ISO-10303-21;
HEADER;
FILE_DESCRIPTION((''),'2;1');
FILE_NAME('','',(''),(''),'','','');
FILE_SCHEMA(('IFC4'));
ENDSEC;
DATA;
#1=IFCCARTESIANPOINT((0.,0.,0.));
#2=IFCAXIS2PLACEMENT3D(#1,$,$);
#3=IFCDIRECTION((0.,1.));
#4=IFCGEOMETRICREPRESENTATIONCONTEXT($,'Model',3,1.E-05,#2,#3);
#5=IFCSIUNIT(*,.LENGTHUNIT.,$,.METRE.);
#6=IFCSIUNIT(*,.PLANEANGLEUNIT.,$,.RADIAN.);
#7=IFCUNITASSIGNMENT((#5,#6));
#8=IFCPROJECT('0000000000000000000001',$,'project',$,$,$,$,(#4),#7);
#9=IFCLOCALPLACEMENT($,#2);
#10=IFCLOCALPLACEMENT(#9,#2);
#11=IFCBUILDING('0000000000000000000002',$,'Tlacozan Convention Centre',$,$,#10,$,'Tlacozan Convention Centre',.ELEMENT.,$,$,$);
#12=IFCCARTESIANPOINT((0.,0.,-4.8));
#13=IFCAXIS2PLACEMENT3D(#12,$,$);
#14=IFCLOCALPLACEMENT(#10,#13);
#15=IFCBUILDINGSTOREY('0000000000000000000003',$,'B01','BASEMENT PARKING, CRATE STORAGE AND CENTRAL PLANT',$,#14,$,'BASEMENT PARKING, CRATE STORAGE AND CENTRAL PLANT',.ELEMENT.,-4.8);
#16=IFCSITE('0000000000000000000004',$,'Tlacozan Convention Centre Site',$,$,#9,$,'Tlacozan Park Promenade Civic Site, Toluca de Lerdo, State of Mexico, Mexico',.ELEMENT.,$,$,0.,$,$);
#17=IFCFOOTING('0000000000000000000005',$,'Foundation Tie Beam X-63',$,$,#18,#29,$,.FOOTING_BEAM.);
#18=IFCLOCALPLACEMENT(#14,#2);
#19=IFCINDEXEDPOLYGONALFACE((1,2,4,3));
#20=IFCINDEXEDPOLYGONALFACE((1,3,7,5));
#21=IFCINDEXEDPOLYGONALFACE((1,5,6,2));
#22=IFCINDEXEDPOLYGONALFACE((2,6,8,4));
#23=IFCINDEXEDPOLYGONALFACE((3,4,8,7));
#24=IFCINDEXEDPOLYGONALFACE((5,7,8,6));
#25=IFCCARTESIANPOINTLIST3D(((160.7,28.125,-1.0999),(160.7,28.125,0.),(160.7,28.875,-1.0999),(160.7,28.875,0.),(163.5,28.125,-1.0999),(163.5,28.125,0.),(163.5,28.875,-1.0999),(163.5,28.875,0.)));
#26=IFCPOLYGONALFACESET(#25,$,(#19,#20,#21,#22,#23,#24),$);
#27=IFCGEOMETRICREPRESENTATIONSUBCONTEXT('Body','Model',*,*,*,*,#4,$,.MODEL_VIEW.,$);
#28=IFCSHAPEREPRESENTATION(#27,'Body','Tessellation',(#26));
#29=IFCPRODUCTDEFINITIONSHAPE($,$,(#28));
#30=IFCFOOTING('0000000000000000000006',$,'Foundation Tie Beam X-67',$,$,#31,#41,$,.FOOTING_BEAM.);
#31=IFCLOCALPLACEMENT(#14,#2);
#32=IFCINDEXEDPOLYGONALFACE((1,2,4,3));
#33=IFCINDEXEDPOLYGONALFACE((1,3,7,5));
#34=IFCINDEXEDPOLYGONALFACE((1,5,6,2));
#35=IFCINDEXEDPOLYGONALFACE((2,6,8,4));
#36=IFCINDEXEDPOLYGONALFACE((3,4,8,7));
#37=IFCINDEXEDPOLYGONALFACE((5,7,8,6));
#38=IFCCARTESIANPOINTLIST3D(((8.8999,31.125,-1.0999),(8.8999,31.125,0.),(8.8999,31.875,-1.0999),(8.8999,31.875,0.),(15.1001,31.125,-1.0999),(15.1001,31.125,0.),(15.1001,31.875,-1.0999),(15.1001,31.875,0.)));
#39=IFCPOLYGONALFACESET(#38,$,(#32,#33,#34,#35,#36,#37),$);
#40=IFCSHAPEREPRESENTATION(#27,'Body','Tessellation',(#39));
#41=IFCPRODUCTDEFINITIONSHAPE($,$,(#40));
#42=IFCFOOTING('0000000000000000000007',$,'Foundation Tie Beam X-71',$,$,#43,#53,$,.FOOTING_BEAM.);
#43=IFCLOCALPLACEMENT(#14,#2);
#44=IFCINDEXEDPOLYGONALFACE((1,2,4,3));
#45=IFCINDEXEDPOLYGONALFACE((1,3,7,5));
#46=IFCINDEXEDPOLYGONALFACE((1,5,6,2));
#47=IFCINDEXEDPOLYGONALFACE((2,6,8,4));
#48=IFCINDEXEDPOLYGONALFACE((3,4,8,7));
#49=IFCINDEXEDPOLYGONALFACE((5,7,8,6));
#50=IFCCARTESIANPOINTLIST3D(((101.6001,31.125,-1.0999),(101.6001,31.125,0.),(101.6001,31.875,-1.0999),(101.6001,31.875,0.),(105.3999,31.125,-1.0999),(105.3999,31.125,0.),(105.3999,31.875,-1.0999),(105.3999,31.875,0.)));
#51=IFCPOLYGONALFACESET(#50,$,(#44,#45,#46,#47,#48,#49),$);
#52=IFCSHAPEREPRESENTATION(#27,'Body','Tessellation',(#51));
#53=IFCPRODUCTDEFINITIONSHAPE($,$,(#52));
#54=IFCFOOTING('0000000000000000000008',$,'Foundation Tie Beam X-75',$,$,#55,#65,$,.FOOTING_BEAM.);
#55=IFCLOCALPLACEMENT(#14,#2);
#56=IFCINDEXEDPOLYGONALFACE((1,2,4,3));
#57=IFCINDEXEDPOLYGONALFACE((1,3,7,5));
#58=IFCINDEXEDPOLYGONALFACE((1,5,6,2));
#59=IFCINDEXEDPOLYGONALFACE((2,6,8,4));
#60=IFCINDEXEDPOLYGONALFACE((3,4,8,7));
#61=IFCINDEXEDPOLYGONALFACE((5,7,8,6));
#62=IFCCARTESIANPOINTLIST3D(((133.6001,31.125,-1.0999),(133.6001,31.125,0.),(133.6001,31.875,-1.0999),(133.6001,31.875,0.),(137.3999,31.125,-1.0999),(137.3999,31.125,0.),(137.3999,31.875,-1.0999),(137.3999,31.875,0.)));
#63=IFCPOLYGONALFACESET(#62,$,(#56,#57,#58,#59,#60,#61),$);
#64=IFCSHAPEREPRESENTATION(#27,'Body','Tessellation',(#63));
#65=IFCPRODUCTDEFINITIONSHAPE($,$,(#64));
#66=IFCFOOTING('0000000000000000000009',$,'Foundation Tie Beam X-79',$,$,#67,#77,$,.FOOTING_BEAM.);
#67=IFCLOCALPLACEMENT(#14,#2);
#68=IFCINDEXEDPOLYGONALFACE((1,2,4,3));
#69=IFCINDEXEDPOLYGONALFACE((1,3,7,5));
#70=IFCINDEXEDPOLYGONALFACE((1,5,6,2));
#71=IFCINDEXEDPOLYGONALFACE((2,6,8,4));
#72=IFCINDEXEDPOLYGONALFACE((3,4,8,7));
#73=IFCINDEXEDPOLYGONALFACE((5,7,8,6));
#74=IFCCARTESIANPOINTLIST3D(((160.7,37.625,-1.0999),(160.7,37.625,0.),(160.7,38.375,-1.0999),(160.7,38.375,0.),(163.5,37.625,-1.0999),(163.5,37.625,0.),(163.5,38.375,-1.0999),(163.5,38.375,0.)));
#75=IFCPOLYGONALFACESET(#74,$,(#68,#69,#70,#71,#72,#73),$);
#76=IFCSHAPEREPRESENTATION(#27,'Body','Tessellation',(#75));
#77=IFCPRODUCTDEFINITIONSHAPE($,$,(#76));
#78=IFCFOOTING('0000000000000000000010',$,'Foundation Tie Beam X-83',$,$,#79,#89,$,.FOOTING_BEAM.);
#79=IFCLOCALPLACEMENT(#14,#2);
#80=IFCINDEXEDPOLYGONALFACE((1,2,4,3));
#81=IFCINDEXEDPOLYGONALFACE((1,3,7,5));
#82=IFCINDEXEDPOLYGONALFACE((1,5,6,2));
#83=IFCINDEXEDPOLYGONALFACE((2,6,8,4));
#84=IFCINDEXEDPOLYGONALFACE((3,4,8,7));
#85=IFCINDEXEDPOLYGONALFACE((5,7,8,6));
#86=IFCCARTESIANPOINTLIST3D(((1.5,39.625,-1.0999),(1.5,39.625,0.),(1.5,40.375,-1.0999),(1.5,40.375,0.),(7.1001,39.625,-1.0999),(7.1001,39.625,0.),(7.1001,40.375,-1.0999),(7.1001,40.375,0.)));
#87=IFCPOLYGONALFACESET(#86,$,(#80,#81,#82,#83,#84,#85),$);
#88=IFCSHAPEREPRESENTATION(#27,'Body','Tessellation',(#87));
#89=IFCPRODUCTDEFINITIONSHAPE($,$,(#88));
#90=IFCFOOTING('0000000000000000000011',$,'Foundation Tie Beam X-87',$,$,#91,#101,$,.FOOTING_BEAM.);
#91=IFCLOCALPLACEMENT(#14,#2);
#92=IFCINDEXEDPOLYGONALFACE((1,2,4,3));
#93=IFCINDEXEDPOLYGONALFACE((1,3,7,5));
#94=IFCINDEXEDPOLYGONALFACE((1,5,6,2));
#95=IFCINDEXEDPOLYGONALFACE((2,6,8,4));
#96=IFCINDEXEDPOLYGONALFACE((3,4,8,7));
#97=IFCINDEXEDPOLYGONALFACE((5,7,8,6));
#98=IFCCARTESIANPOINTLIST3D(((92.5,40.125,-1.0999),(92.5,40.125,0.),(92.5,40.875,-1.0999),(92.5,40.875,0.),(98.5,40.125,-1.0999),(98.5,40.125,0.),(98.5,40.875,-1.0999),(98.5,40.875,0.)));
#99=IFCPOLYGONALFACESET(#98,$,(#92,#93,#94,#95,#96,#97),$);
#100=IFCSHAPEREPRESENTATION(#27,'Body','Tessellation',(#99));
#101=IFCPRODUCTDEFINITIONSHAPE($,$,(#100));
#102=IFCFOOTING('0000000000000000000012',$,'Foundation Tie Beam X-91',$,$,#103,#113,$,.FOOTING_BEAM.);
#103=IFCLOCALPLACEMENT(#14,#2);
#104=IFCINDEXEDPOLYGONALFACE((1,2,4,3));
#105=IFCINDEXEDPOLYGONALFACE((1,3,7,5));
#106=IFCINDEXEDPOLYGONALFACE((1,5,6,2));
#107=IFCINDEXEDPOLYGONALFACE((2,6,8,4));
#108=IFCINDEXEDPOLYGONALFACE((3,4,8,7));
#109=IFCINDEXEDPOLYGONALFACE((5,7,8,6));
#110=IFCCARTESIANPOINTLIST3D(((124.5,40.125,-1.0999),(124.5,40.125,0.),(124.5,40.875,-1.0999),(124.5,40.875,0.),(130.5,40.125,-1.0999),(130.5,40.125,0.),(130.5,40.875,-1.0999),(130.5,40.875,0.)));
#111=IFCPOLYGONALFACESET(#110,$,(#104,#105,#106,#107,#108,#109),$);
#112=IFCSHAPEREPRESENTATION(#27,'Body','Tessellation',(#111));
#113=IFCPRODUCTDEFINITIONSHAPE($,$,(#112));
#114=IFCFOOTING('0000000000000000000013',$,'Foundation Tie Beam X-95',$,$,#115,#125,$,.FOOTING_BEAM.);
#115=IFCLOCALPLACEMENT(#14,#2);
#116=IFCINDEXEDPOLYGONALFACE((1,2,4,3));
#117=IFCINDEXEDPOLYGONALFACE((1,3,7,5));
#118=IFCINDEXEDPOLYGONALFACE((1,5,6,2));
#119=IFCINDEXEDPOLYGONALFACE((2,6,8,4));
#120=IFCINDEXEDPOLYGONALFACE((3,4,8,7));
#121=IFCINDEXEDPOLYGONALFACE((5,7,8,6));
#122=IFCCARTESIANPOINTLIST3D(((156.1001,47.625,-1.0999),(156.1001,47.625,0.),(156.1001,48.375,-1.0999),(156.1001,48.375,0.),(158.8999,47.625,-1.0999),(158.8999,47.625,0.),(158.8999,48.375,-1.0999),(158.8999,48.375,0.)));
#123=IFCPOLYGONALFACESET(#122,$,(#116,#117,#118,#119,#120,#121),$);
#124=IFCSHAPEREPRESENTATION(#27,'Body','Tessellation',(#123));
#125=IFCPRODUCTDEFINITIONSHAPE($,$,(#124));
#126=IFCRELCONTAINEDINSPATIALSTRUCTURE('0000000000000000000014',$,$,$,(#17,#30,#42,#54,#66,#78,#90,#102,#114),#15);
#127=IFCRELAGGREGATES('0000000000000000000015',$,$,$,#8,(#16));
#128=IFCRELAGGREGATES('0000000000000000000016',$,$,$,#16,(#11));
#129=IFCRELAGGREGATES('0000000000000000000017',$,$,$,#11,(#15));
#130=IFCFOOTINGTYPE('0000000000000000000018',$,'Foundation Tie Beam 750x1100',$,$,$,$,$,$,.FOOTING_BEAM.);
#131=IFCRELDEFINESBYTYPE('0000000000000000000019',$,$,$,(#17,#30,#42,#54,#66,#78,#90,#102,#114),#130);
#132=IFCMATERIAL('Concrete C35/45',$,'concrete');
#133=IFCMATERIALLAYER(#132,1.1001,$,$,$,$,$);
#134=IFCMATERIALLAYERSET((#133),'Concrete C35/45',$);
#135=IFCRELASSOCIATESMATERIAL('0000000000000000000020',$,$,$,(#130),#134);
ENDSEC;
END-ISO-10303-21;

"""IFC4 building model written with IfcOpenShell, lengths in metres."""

from ifc_helpers import new_model, si_unit, direction, frame, origin, place, context, subcontext, project, spatial, polyline, outline, extrude, material, layer, layer_set, type_object, element, save


model = new_model("IFC4")

# Units and contexts
model_context = context("Model", 3, precision=1e-05, world=origin(), true_north=direction((0.0, 1.0)))
body_context = subcontext(model_context, "Body", "Model", "MODEL_VIEW")
ifc_project = project(units=[si_unit("LENGTHUNIT", "METRE"), si_unit("PLANEANGLEUNIT", "RADIAN")], contexts=[model_context])

# Site, building, storey
site_placement = place(None, origin())
site = spatial("IfcSite", under=ifc_project, at=site_placement, Name="Tlacozan Convention Centre Site", LongName="Tlacozan Park Promenade Civic Site, Toluca de Lerdo, State of Mexico, Mexico", CompositionType="ELEMENT", RefElevation=0.0)
building_placement = place(site_placement, origin())
building = spatial("IfcBuilding", under=site, at=building_placement, Name="Tlacozan Convention Centre", LongName="Tlacozan Convention Centre", CompositionType="ELEMENT")
storey_placement = place(building_placement, frame((0.0, 0.0, -4.8)))
storey = spatial("IfcBuildingStorey", under=building, at=storey_placement, Name="B01", Description="BASEMENT PARKING, CRATE STORAGE AND CENTRAL PLANT", LongName="BASEMENT PARKING, CRATE STORAGE AND CENTRAL PLANT", CompositionType="ELEMENT", Elevation=-4.8)

# Footings
ifc_material = material(Name="Concrete C35/45", Category="concrete")
ifc_layer = layer(ifc_material, 1.1001)
ifc_layer_set = layer_set([ifc_layer], Name="Concrete C35/45")
footing_type = type_object("IfcFootingType", Name="Foundation Tie Beam 750x1100", PredefinedType="FOOTING_BEAM", material=ifc_layer_set)
footing_1_placement = place(storey_placement, frame((0.0, 0.0, -1.0999)))
element("IfcFooting", 1, at=footing_1_placement, inside=storey, type_object=footing_type, Name="Foundation Tie Beam X-63", PredefinedType="FOOTING_BEAM", context=body_context, shape_type="SweptSolid", body=[
    extrude(outline(polyline([(160.7, 28.125), (163.5, 28.125), (163.5, 28.875), (160.7, 28.875), (160.7, 28.125)])), origin(), (0.0, 0.0, 1.0), 1.0999),
])
footing_2_placement = place(storey_placement, frame((0.0, 0.0, -1.0999)))
element("IfcFooting", 2, at=footing_2_placement, inside=storey, type_object=footing_type, Name="Foundation Tie Beam X-67", PredefinedType="FOOTING_BEAM", context=body_context, shape_type="SweptSolid", body=[
    extrude(outline(polyline([(8.8999, 31.125), (15.1001, 31.125), (15.1001, 31.875), (8.8999, 31.875), (8.8999, 31.125)])), origin(), (0.0, 0.0, 1.0), 1.0999),
])
footing_3_placement = place(storey_placement, frame((0.0, 0.0, -1.0999)))
element("IfcFooting", 3, at=footing_3_placement, inside=storey, type_object=footing_type, Name="Foundation Tie Beam X-71", PredefinedType="FOOTING_BEAM", context=body_context, shape_type="SweptSolid", body=[
    extrude(outline(polyline([(101.6001, 31.125), (105.3999, 31.125), (105.3999, 31.875), (101.6001, 31.875), (101.6001, 31.125)])), origin(), (0.0, 0.0, 1.0), 1.0999),
])
footing_4_placement = place(storey_placement, frame((0.0, 0.0, -1.0999)))
element("IfcFooting", 4, at=footing_4_placement, inside=storey, type_object=footing_type, Name="Foundation Tie Beam X-75", PredefinedType="FOOTING_BEAM", context=body_context, shape_type="SweptSolid", body=[
    extrude(outline(polyline([(133.6001, 31.125), (137.3999, 31.125), (137.3999, 31.875), (133.6001, 31.875), (133.6001, 31.125)])), origin(), (0.0, 0.0, 1.0), 1.0999),
])
footing_5_placement = place(storey_placement, frame((0.0, 0.0, -1.0999)))
element("IfcFooting", 5, at=footing_5_placement, inside=storey, type_object=footing_type, Name="Foundation Tie Beam X-79", PredefinedType="FOOTING_BEAM", context=body_context, shape_type="SweptSolid", body=[
    extrude(outline(polyline([(160.7, 37.625), (163.5, 37.625), (163.5, 38.375), (160.7, 38.375), (160.7, 37.625)])), origin(), (0.0, 0.0, 1.0), 1.0999),
])
footing_6_placement = place(storey_placement, frame((0.0, 0.0, -1.0999)))
element("IfcFooting", 6, at=footing_6_placement, inside=storey, type_object=footing_type, Name="Foundation Tie Beam X-83", PredefinedType="FOOTING_BEAM", context=body_context, shape_type="SweptSolid", body=[
    extrude(outline(polyline([(1.5, 39.625), (7.1001, 39.625), (7.1001, 40.375), (1.5, 40.375), (1.5, 39.625)])), origin(), (0.0, 0.0, 1.0), 1.0999),
])
footing_7_placement = place(storey_placement, frame((0.0, 0.0, -1.0999)))
element("IfcFooting", 7, at=footing_7_placement, inside=storey, type_object=footing_type, Name="Foundation Tie Beam X-87", PredefinedType="FOOTING_BEAM", context=body_context, shape_type="SweptSolid", body=[
    extrude(outline(polyline([(92.5, 40.125), (98.5, 40.125), (98.5, 40.875), (92.5, 40.875), (92.5, 40.125)])), origin(), (0.0, 0.0, 1.0), 1.0999),
])
footing_8_placement = place(storey_placement, frame((0.0, 0.0, -1.0999)))
element("IfcFooting", 8, at=footing_8_placement, inside=storey, type_object=footing_type, Name="Foundation Tie Beam X-91", PredefinedType="FOOTING_BEAM", context=body_context, shape_type="SweptSolid", body=[
    extrude(outline(polyline([(124.5, 40.125), (130.5, 40.125), (130.5, 40.875), (124.5, 40.875), (124.5, 40.125)])), origin(), (0.0, 0.0, 1.0), 1.0999),
])
footing_9_placement = place(storey_placement, frame((0.0, 0.0, -1.0999)))
element("IfcFooting", 9, at=footing_9_placement, inside=storey, type_object=footing_type, Name="Foundation Tie Beam X-95", PredefinedType="FOOTING_BEAM", context=body_context, shape_type="SweptSolid", body=[
    extrude(outline(polyline([(156.1001, 47.625), (158.8999, 47.625), (158.8999, 48.375), (156.1001, 48.375), (156.1001, 47.625)])), origin(), (0.0, 0.0, 1.0), 1.0999),
])

save(model, "model.ifc")
